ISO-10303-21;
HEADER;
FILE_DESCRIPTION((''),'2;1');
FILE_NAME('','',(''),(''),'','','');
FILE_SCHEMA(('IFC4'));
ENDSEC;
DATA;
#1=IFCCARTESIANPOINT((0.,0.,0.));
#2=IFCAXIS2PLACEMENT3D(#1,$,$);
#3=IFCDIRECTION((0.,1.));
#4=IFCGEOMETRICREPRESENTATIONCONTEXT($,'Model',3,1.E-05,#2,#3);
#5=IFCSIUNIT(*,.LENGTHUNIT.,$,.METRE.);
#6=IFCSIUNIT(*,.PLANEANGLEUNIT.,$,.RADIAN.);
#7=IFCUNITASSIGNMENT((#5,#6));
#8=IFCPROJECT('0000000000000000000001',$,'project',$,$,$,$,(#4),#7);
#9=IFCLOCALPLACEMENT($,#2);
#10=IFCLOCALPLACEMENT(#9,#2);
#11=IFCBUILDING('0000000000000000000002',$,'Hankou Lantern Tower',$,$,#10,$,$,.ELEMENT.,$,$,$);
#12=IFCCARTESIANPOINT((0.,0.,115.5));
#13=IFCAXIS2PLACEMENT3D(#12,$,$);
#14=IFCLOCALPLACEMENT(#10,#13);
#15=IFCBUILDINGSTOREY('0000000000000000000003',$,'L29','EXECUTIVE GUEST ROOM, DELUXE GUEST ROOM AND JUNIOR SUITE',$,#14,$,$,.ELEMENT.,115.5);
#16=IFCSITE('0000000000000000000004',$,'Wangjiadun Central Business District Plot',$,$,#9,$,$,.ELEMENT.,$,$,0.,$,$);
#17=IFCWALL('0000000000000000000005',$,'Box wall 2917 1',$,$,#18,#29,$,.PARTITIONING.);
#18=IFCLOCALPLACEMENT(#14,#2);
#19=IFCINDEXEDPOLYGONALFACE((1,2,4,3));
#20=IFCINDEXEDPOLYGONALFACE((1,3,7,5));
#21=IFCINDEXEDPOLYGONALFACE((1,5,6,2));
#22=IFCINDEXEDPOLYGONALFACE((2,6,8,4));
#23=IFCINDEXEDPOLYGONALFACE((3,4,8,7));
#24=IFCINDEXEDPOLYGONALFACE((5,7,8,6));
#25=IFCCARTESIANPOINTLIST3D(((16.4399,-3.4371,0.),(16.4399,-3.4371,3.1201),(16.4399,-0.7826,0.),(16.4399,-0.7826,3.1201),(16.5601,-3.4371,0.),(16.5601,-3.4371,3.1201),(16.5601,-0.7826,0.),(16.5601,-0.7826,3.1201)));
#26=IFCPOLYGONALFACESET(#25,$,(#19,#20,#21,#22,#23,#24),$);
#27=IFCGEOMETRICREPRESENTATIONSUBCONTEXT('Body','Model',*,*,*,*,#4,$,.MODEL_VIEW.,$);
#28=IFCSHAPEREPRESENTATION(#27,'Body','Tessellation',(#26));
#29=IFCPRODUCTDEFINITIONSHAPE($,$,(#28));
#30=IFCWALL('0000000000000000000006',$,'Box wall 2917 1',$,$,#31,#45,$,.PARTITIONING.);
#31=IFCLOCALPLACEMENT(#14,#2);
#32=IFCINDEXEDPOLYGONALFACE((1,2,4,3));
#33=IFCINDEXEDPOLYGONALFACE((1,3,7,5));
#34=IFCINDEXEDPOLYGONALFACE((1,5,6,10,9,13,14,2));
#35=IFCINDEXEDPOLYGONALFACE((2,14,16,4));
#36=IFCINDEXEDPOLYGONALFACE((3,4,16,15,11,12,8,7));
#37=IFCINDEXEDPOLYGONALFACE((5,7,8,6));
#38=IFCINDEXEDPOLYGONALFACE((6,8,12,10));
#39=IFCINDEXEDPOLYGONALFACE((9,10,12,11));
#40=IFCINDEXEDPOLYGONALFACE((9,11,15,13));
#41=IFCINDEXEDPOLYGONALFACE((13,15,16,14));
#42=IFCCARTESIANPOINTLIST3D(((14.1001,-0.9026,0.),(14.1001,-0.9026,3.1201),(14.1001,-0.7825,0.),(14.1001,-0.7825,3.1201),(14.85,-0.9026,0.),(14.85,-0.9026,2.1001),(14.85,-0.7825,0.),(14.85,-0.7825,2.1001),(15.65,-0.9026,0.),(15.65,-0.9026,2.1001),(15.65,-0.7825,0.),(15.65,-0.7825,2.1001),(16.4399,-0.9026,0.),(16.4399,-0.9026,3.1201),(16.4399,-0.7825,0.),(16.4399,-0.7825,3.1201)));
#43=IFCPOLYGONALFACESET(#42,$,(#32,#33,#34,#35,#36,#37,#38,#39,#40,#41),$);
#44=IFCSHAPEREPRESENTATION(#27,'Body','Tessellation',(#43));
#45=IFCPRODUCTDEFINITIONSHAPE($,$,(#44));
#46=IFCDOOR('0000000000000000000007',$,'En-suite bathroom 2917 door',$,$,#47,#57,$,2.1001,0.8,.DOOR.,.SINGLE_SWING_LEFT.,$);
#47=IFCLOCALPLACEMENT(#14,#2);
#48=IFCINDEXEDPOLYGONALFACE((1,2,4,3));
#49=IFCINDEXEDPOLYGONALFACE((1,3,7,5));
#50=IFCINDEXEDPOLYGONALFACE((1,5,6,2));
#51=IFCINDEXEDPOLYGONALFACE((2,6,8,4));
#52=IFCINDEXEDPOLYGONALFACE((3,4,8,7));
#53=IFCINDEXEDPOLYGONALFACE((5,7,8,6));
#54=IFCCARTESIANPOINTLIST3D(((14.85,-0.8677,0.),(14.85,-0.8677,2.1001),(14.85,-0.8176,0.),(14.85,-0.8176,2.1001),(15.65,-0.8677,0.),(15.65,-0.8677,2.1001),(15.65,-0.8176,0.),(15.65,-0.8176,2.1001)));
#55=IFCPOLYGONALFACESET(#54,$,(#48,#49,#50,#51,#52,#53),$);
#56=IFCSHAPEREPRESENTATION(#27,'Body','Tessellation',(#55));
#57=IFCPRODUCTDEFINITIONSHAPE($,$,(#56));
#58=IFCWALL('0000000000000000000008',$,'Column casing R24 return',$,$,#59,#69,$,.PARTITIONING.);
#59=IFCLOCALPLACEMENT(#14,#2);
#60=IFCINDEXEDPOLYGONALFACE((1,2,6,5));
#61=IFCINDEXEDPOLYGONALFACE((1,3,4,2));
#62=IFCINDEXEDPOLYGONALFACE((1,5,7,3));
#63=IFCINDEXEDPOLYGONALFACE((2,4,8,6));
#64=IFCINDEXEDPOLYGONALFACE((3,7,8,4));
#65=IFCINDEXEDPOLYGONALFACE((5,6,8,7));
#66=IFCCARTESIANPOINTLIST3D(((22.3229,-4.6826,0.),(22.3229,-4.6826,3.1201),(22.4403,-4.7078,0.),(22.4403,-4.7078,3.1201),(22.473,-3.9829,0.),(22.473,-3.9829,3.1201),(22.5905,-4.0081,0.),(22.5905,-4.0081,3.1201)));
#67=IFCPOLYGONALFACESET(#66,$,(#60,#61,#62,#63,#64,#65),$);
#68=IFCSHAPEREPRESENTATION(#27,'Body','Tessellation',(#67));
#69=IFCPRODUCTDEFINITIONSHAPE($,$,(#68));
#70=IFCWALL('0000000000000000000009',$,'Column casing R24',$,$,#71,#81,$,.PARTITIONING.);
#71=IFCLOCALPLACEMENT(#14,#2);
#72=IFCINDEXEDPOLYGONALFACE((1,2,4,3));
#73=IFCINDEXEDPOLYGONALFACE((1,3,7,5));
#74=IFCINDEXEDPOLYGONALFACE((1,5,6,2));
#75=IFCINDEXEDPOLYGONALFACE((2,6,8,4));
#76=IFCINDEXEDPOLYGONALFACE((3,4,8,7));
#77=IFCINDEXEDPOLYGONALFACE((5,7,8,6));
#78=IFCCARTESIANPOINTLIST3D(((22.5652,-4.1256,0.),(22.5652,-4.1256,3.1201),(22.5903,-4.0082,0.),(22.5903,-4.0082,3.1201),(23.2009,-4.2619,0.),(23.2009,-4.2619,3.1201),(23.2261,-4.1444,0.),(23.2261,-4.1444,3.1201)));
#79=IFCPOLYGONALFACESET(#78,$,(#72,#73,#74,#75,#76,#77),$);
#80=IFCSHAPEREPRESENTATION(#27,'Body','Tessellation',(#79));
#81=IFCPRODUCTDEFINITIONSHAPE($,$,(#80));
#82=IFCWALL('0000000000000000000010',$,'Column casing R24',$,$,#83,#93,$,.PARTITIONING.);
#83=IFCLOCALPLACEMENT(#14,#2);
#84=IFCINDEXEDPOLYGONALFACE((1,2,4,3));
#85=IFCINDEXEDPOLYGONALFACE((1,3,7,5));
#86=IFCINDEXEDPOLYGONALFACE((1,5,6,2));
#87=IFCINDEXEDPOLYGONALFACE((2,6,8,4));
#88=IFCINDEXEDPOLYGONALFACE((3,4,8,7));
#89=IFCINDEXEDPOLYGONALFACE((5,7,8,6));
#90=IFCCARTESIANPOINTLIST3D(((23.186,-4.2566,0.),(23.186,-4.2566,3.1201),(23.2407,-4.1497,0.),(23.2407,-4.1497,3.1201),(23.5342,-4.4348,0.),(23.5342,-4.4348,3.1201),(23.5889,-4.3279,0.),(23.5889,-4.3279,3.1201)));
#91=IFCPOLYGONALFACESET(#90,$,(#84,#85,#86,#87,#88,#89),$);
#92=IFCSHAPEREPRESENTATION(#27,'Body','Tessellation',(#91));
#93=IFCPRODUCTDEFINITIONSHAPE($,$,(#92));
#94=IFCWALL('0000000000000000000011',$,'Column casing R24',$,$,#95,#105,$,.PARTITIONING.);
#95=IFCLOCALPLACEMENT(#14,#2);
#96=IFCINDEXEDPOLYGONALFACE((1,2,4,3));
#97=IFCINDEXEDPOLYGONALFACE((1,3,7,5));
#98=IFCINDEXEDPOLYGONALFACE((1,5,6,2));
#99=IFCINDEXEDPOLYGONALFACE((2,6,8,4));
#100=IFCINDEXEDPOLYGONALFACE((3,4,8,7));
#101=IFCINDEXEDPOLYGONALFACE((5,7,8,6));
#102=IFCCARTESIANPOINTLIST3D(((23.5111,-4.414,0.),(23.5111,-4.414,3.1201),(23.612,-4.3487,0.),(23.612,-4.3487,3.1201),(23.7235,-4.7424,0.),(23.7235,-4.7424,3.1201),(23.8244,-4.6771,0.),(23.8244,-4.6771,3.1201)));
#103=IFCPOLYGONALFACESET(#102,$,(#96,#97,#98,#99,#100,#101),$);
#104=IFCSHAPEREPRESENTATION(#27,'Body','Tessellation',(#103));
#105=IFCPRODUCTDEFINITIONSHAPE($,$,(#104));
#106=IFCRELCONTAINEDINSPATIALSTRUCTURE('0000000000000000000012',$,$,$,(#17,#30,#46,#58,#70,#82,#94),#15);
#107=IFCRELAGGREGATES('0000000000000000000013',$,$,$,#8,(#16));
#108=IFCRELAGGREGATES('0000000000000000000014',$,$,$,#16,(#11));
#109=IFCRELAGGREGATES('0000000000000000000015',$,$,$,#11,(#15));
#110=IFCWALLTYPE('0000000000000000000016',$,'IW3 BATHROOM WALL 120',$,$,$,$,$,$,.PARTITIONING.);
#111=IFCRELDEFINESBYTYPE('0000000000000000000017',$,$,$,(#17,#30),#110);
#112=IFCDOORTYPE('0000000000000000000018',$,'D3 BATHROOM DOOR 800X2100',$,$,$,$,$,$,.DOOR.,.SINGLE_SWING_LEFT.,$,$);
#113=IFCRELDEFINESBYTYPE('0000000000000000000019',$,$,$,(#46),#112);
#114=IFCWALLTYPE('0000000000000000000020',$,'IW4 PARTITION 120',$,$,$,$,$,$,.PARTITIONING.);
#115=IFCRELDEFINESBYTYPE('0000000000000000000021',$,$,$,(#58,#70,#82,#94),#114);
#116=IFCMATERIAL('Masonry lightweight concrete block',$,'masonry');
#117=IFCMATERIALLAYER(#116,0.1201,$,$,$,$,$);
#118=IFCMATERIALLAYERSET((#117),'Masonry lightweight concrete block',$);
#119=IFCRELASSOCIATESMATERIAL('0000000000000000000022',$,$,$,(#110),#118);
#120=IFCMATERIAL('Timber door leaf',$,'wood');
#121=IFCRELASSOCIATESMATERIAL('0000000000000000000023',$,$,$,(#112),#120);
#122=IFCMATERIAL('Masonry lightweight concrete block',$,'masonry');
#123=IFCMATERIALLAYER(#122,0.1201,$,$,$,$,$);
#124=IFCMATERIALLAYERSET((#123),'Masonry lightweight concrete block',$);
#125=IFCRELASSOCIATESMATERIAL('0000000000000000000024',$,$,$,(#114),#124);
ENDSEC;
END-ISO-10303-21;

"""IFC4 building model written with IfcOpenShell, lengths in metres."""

from ifc_helpers import new_model, si_unit, direction, frame, frame_2d, origin, place, context, subcontext, project, spatial, rectangle, extrude, material, layer, layer_set, type_object, element, fill, save


model = new_model("IFC4")

# Units and contexts
model_context = context("Model", 3, precision=1e-05, world=origin(), true_north=direction((0.0, 1.0)))
body_context = subcontext(model_context, "Body", "Model", "MODEL_VIEW")
ifc_project = project(units=[si_unit("LENGTHUNIT", "METRE"), si_unit("PLANEANGLEUNIT", "RADIAN")], contexts=[model_context])

# Site, building, storey
site_placement = place(None, origin())
site = spatial("IfcSite", under=ifc_project, at=site_placement, Name="Wangjiadun Central Business District Plot", CompositionType="ELEMENT", RefElevation=0.0)
building_placement = place(site_placement, origin())
building = spatial("IfcBuilding", under=site, at=building_placement, Name="Hankou Lantern Tower", CompositionType="ELEMENT")
storey_placement = place(building_placement, frame((0.0, 0.0, 115.5)))
storey = spatial("IfcBuildingStorey", under=building, at=storey_placement, Name="L29", Description="EXECUTIVE GUEST ROOM, DELUXE GUEST ROOM AND JUNIOR SUITE", CompositionType="ELEMENT", Elevation=115.5)

# Shared definitions
ifc_material_1 = material(Name="Masonry lightweight concrete block", Category="masonry")
ifc_layer_1 = layer(ifc_material_1, 0.1201)
ifc_layer_set_1 = layer_set([ifc_layer_1], Name="Masonry lightweight concrete block")
wall_type_1 = type_object("IfcWallType", Name="IW3 BATHROOM WALL 120", PredefinedType="PARTITIONING", material=ifc_layer_set_1)

# Shared definitions
ifc_material_2 = material(Name="Timber door leaf", Category="wood")
door_type_1 = type_object("IfcDoorType", Name="D3 BATHROOM DOOR 800X2100", OperationType="SINGLE_SWING_LEFT", PredefinedType="DOOR", material=ifc_material_2)

# Wall
wall_1_placement = place(storey_placement, frame((16.5, -3.437, 0.0), z_axis=(0.0, 0.0, 1.0), x_axis=(0.0, 1.0, 0.0)))
element("IfcWall", 1, at=wall_1_placement, inside=storey, type_object=wall_type_1, Name="Box wall 2917 1", PredefinedType="PARTITIONING", context=body_context, shape_type="SweptSolid", body=[
    extrude(rectangle(XDim=2.6545, YDim=0.1201, at=frame_2d((1.3271, 0.0))), origin(), (0.0, 0.0, 1.0), 3.1201),
])

# Wall, opening, door
wall_2_placement = place(storey_placement, frame((14.1001, -0.8425, 0.0), z_axis=(0.0, 0.0, 1.0), x_axis=(1.0, 0.0, 0.0)))
wall_2 = element("IfcWall", 2, at=wall_2_placement, inside=storey, type_object=wall_type_1, Name="Box wall 2917 1", PredefinedType="PARTITIONING", context=body_context, shape_type="SweptSolid", body=[
    extrude(rectangle(XDim=2.3398, YDim=0.1201, at=frame_2d((1.1699, 0.0))), origin(), (0.0, 0.0, 1.0), 3.1201),
])
opening_1_placement = place(wall_2_placement, frame((0.75, 0.0, 0.0)))
opening_1 = element("IfcOpeningElement", 3, at=opening_1_placement, cuts=wall_2, PredefinedType="OPENING", context=body_context, shape_type="SweptSolid", body=[
    extrude(rectangle(XDim=0.8, YDim=2.1001, at=frame_2d((0.3999, 1.05))), frame((0.0, 0.0701, 0.0), z_axis=(0.0, -1.0, 0.0), x_axis=(1.0, 0.0, 0.0)), (0.0, 0.0, 1.0), 0.1401),
])
door_1_placement = place(opening_1_placement, origin())
door_1 = element("IfcDoor", 4, at=door_1_placement, inside=storey, type_object=door_type_1, Name="En-suite bathroom 2917 door", OperationType="SINGLE_SWING_LEFT", OverallHeight=2.1001, OverallWidth=0.8, PredefinedType="DOOR", context=body_context, shape_type="SweptSolid", body=[
    extrude(rectangle(XDim=0.8, YDim=2.1001, at=frame_2d((0.3999, 1.05))), frame((0.0, 0.0249, 0.0), z_axis=(0.0, -1.0, 0.0), x_axis=(1.0, 0.0, 0.0)), (0.0, 0.0, 1.0), 0.05),
])
fill(opening_1, door_1)

# Walls
ifc_material_3 = material(Name="Masonry lightweight concrete block", Category="masonry")
ifc_layer_2 = layer(ifc_material_3, 0.1201)
ifc_layer_set_2 = layer_set([ifc_layer_2], Name="Masonry lightweight concrete block")
wall_type_2 = type_object("IfcWallType", Name="IW4 PARTITION 120", PredefinedType="PARTITIONING", material=ifc_layer_set_2)
wall_3_placement = place(storey_placement, frame((22.3816, -4.6953, 0.0), z_axis=(0.0, 0.0, 1.0), x_axis=(0.209809, 0.977742, 0.0)))
element("IfcWall", 5, at=wall_3_placement, inside=storey, type_object=wall_type_2, Name="Column casing R24 return", PredefinedType="PARTITIONING", context=body_context, shape_type="SweptSolid", body=[
    extrude(rectangle(XDim=0.7156, YDim=0.1201, at=frame_2d((0.3579, 0.0))), origin(), (0.0, 0.0, 1.0), 3.1201),
])
wall_4_placement = place(storey_placement, frame((22.5776, -4.0669, 0.0), z_axis=(0.0, 0.0, 1.0), x_axis=(0.977802, -0.209529, 0.0)))
element("IfcWall", 6, at=wall_4_placement, inside=storey, type_object=wall_type_2, Name="Column casing R24", PredefinedType="PARTITIONING", context=body_context, shape_type="SweptSolid", body=[
    extrude(rectangle(XDim=0.6501, YDim=0.1201, at=frame_2d((0.3252, 0.0))), origin(), (0.0, 0.0, 1.0), 3.1201),
])
for number, where, z_axis, x_axis, name in (
    (7, (23.2134, -4.2031, 0.0), (0.0, 0.0, 1.0), (0.890142, -0.455683, 0.0), "Column casing R24"),
    (8, (23.5615, -4.3813, 0.0), (0.0, 0.0, 1.0), (0.543122, -0.839654, 0.0), "Column casing R24"),
):
    element("IfcWall", number, at=place(storey_placement, frame(where, z_axis=z_axis, x_axis=x_axis)), inside=storey, type_object=wall_type_2, Name=name, PredefinedType="PARTITIONING", context=body_context, shape_type="SweptSolid", body=[
        extrude(rectangle(XDim=0.3911, YDim=0.1201, at=frame_2d((0.1956, 0.0))), origin(), (0.0, 0.0, 1.0), 3.1201),
    ])

save(model, "model.ifc")
